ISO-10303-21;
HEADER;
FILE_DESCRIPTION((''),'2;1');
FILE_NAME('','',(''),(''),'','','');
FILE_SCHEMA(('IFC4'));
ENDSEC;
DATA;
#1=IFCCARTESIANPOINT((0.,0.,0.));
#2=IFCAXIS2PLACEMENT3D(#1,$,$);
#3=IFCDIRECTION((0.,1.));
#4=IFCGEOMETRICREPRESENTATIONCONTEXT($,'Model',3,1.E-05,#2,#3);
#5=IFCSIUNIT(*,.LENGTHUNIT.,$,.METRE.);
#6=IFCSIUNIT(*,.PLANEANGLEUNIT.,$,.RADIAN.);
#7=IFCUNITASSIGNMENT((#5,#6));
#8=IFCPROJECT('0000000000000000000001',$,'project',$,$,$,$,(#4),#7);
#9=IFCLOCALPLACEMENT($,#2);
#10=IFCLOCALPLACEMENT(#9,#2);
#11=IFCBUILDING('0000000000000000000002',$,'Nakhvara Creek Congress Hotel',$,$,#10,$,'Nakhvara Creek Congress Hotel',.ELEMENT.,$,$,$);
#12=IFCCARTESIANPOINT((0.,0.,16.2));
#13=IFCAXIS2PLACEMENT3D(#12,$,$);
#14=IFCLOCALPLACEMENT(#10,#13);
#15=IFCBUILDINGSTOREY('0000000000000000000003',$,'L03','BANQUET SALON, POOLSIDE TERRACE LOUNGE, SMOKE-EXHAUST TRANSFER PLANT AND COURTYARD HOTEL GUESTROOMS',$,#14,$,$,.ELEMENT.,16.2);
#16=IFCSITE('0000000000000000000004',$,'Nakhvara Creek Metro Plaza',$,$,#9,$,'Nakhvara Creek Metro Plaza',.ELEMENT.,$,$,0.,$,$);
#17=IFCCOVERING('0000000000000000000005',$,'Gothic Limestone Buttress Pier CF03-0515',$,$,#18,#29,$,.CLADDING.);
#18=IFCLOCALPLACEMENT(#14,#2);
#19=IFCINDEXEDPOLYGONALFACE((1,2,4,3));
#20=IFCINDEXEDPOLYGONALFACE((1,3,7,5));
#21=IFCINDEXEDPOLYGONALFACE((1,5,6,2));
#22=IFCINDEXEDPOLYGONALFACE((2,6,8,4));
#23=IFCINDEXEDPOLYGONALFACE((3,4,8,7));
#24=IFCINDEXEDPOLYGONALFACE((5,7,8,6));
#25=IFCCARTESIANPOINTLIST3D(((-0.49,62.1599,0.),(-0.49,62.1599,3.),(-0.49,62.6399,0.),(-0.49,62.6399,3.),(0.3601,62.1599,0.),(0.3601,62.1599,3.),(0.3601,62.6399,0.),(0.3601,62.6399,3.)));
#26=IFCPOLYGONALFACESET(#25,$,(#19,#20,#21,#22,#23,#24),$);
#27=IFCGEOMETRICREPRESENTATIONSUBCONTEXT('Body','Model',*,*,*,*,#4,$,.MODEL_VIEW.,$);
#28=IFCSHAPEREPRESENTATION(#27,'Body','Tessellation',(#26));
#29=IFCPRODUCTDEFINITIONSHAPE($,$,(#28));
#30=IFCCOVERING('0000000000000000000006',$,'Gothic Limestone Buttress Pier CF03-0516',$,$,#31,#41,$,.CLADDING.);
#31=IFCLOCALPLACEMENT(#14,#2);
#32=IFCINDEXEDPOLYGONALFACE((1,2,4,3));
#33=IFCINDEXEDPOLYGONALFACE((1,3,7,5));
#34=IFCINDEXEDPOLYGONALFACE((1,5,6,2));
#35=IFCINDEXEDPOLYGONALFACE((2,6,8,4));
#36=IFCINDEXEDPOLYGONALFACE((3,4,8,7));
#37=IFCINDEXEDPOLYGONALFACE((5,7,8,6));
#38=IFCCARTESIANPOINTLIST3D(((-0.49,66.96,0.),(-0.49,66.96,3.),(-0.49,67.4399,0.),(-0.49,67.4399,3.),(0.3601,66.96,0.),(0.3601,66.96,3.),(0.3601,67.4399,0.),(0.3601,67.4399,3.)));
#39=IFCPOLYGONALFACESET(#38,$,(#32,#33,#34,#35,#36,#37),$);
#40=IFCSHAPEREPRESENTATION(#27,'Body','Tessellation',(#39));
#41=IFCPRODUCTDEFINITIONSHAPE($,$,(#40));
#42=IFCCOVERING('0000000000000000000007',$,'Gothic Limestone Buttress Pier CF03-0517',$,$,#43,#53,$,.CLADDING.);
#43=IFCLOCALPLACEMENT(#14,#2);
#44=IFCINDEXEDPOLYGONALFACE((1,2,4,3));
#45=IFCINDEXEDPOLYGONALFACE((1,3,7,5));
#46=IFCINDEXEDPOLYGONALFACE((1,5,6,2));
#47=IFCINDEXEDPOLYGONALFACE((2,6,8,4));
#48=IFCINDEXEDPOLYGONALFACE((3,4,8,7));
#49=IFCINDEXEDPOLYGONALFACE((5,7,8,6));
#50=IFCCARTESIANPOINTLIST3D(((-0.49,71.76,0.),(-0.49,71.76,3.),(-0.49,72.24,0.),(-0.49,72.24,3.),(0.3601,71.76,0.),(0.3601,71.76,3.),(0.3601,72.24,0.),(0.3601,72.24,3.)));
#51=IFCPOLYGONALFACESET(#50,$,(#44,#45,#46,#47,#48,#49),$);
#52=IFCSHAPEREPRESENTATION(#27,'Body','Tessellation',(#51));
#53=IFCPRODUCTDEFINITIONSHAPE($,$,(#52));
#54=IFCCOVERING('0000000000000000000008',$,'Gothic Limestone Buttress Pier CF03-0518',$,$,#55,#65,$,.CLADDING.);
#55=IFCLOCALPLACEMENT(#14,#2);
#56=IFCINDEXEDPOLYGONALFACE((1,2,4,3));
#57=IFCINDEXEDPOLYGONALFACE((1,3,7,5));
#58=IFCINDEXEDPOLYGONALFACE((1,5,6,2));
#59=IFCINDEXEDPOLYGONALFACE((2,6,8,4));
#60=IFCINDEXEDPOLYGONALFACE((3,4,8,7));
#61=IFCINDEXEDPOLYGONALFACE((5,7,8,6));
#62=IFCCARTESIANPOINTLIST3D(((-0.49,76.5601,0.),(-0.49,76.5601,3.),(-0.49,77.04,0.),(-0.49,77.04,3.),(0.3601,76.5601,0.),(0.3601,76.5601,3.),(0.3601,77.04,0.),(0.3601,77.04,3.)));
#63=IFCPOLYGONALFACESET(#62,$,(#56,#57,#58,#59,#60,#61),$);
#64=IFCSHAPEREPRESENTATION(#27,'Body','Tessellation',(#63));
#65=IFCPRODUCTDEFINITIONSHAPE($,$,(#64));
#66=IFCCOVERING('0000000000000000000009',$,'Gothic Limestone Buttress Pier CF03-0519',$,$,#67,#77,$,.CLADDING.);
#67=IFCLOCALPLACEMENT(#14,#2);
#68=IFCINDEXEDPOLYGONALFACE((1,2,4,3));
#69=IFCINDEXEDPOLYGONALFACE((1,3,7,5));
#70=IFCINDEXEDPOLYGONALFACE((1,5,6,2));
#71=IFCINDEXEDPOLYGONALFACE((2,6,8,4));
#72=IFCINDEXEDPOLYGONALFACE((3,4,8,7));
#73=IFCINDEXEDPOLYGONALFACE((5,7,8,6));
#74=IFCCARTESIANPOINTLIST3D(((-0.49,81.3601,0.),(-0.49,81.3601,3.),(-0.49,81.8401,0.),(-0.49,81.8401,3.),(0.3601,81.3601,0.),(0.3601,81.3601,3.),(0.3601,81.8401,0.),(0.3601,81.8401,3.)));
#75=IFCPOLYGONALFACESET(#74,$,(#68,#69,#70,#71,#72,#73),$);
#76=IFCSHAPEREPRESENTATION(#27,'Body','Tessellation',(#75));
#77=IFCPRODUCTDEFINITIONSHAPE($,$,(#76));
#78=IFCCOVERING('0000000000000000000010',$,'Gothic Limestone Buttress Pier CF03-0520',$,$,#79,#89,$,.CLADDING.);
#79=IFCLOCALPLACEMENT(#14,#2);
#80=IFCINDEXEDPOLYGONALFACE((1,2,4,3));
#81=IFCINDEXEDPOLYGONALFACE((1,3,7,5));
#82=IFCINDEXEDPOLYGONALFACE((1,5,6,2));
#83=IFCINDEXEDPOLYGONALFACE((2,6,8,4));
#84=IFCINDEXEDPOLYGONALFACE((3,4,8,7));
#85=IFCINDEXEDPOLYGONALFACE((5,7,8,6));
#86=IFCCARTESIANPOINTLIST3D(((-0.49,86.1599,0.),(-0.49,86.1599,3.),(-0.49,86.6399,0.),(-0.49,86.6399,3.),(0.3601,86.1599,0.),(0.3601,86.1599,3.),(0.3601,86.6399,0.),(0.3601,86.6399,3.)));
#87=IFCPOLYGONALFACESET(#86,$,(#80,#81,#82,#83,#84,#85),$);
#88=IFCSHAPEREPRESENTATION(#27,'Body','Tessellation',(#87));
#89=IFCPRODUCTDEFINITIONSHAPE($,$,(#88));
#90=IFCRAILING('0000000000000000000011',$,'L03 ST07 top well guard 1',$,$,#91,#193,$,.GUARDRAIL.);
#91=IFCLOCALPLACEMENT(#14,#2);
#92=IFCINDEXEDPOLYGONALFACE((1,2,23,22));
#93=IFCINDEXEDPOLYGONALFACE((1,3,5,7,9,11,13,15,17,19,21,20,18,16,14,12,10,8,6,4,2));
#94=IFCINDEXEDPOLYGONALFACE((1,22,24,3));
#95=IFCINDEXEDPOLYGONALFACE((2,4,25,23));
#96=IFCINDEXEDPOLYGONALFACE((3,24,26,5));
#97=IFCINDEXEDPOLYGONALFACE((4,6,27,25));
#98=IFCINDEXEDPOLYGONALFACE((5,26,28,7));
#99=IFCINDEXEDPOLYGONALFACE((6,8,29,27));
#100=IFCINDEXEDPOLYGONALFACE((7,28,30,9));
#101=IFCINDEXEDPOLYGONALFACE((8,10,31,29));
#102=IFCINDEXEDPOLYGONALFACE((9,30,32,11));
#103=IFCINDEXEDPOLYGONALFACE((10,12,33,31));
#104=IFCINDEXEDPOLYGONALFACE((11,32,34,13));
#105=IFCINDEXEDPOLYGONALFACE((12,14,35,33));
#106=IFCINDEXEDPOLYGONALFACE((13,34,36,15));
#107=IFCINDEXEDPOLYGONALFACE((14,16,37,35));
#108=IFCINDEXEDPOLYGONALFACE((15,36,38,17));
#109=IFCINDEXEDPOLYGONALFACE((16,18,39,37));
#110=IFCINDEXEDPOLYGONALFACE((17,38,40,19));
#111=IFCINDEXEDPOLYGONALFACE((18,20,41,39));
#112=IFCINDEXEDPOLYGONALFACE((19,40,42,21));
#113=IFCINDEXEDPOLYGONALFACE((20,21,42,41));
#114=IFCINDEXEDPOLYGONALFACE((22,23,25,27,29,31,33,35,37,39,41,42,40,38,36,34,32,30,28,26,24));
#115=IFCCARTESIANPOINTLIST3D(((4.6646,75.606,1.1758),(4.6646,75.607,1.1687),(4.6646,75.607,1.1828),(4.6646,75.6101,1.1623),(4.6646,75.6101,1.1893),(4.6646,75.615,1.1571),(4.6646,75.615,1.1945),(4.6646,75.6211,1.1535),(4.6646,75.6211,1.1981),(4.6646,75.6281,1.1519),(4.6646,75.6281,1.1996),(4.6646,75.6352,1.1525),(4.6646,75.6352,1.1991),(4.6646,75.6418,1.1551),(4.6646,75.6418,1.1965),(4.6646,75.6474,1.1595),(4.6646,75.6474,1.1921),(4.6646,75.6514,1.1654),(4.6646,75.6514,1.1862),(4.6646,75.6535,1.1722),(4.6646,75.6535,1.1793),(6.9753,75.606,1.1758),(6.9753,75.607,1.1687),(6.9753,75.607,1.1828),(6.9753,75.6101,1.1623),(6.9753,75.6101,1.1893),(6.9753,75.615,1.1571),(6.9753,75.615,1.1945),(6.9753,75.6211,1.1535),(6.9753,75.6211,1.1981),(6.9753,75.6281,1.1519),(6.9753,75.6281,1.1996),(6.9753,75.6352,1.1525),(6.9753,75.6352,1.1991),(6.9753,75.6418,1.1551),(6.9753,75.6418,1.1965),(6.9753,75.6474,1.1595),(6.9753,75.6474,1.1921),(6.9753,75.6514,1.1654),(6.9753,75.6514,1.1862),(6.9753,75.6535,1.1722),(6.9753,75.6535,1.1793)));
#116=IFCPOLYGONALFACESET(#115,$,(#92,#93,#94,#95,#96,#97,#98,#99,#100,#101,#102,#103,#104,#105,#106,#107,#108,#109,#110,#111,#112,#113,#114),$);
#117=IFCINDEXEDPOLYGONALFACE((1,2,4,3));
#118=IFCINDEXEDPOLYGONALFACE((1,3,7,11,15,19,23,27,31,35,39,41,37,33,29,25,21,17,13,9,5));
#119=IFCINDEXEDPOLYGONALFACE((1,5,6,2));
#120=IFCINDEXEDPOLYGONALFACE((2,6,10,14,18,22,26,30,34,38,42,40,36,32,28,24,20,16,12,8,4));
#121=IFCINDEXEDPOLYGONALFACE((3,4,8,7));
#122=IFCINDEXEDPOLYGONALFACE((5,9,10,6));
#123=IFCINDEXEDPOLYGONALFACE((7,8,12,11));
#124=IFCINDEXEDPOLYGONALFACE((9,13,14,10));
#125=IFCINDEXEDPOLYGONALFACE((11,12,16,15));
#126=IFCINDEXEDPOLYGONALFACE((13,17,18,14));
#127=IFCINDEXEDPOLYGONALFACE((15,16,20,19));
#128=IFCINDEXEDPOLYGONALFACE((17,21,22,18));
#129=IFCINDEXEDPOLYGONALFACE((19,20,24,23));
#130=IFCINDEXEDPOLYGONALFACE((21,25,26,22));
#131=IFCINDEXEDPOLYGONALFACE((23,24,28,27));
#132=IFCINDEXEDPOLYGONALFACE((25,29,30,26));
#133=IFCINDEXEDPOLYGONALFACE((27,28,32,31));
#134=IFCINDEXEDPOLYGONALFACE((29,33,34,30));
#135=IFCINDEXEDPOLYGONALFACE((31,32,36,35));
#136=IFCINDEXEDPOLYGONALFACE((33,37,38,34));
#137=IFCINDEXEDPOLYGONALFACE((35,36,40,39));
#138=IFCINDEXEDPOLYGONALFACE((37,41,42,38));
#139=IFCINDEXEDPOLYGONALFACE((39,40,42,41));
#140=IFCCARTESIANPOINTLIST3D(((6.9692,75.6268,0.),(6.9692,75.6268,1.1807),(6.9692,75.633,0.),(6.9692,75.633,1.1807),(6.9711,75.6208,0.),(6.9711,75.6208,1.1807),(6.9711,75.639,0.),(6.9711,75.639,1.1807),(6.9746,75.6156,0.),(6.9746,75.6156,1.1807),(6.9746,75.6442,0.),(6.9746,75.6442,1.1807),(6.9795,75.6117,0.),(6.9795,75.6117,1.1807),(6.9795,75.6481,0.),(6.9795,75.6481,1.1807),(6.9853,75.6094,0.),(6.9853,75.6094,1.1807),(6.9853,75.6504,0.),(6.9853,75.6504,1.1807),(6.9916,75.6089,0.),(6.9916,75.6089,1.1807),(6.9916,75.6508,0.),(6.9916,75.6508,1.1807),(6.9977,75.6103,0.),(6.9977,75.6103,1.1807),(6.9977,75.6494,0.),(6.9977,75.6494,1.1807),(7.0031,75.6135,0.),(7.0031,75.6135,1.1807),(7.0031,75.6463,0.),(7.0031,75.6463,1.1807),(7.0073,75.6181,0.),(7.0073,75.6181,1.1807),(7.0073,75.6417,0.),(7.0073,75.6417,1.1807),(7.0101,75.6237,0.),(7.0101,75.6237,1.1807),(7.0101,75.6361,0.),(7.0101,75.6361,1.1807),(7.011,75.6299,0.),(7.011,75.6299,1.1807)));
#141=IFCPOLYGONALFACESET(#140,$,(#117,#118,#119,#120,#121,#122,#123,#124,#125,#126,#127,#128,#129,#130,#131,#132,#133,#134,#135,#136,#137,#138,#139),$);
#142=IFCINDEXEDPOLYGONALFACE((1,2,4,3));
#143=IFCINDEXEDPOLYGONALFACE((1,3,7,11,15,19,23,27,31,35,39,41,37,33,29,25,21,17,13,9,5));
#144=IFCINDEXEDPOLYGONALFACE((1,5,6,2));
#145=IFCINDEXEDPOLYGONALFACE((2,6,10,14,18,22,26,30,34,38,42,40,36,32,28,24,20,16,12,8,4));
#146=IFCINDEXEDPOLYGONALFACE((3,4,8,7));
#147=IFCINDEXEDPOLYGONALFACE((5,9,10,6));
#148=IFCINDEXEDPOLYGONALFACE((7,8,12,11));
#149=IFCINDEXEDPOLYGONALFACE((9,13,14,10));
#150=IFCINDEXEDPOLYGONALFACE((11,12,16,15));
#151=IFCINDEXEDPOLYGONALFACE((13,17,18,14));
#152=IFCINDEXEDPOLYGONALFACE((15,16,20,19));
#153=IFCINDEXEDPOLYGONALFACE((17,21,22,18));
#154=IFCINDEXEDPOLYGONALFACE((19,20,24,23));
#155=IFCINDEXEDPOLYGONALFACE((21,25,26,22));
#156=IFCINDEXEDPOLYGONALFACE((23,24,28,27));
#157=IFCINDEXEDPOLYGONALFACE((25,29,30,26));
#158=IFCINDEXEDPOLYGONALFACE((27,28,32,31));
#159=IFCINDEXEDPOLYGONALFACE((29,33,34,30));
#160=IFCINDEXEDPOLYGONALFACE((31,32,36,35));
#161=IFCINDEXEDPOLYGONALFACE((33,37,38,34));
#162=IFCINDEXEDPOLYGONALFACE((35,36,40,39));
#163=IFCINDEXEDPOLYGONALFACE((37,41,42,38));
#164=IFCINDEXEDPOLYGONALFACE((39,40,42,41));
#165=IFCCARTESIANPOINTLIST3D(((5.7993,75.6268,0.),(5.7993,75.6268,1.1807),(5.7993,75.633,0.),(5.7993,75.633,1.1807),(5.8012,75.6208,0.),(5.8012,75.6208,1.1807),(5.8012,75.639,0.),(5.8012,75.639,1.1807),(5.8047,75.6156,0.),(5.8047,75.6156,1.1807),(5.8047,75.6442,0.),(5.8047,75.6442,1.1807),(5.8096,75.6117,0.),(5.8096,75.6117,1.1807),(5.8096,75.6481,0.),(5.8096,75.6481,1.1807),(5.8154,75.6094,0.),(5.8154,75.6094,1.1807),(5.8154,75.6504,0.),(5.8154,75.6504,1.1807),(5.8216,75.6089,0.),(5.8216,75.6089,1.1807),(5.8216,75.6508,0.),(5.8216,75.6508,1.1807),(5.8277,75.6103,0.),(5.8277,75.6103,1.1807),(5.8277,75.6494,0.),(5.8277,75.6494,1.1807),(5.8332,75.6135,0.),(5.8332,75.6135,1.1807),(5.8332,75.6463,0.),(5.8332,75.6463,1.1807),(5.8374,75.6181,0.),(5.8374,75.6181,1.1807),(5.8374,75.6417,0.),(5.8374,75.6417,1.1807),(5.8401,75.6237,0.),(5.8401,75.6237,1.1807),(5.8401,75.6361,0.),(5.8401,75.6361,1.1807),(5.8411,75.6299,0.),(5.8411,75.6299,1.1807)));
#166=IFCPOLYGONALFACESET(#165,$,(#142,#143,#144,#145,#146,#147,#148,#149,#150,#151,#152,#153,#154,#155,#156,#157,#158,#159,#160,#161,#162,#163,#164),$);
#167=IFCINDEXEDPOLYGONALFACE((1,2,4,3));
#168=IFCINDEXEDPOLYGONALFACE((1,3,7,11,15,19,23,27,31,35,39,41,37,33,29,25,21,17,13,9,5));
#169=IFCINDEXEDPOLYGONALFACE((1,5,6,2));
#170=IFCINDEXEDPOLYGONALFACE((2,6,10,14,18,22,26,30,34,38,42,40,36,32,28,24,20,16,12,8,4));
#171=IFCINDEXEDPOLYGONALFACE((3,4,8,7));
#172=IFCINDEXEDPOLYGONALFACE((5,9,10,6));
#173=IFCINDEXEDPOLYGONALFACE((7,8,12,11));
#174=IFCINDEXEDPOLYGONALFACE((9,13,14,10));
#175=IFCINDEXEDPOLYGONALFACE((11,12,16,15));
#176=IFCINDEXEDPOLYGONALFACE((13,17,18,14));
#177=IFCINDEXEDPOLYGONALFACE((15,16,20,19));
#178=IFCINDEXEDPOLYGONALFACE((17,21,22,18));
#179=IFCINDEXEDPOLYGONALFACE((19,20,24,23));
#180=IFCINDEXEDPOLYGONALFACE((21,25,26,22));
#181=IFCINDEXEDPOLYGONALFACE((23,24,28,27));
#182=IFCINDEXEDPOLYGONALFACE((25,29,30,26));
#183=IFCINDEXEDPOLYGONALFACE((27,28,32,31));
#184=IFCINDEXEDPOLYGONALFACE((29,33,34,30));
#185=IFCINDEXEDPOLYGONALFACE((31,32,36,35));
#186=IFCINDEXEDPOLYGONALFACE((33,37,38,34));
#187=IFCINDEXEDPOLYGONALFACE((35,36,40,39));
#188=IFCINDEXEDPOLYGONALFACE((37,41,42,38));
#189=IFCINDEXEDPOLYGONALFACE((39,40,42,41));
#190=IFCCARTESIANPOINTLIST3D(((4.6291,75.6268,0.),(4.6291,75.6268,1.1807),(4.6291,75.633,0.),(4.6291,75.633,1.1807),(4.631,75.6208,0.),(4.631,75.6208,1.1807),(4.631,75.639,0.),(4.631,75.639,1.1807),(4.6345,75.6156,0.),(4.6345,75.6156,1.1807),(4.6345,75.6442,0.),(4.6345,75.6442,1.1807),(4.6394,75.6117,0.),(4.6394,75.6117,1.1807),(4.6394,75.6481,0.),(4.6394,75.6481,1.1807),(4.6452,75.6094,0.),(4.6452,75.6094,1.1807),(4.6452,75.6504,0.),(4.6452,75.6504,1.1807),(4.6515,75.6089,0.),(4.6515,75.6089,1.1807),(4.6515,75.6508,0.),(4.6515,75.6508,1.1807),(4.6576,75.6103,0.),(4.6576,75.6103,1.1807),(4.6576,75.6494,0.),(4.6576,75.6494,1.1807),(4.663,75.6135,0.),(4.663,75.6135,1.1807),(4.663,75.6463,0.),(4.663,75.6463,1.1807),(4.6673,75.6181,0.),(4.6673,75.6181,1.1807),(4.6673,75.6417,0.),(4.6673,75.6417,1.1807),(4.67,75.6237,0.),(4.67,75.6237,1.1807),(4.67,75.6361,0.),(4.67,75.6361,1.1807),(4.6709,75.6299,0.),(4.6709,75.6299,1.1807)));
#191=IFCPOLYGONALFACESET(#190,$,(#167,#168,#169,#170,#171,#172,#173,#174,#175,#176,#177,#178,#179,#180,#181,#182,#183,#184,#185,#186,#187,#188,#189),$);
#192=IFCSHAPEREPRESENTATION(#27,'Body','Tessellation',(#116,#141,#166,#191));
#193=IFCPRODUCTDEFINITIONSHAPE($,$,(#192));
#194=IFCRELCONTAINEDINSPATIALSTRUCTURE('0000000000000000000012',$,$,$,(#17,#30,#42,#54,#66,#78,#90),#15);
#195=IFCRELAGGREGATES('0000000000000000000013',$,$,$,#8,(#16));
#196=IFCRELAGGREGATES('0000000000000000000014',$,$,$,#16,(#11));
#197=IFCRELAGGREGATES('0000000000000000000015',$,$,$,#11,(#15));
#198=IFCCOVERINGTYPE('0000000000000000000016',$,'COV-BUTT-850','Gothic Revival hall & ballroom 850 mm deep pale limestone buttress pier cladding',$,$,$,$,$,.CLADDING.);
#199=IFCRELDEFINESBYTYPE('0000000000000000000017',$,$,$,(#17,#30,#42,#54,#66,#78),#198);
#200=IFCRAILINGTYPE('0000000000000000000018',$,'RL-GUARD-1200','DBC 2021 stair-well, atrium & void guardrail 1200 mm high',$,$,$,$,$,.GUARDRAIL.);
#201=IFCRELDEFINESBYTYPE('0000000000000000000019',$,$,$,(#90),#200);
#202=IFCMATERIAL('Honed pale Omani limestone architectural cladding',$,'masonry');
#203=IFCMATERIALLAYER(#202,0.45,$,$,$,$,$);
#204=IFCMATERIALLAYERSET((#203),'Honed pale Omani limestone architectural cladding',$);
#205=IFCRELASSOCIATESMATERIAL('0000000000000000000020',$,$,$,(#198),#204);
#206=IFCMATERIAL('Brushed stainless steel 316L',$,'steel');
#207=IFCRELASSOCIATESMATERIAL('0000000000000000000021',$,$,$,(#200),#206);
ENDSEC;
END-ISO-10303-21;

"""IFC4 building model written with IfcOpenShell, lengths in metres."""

from ifc_helpers import new_model, si_unit, direction, frame, origin, origin_2d, place, context, subcontext, project, spatial, rectangle, circle, extrude, material, layer, layer_set, type_object, element, save


model = new_model("IFC4")

# Units and contexts
model_context = context("Model", 3, precision=1e-05, world=origin(), true_north=direction((0.0, 1.0)))
body_context = subcontext(model_context, "Body", "Model", "MODEL_VIEW")
ifc_project = project(units=[si_unit("LENGTHUNIT", "METRE"), si_unit("PLANEANGLEUNIT", "RADIAN")], contexts=[model_context])

# Site, building, storey
site_placement = place(None, origin())
site = spatial("IfcSite", under=ifc_project, at=site_placement, Name="Nakhvara Creek Metro Plaza", LongName="Nakhvara Creek Metro Plaza", CompositionType="ELEMENT", RefElevation=0.0)
building_placement = place(site_placement, origin())
building = spatial("IfcBuilding", under=site, at=building_placement, Name="Nakhvara Creek Congress Hotel", LongName="Nakhvara Creek Congress Hotel", CompositionType="ELEMENT")
storey_placement = place(building_placement, frame((0.0, 0.0, 16.2)))
storey = spatial("IfcBuildingStorey", under=building, at=storey_placement, Name="L03", Description="BANQUET SALON, POOLSIDE TERRACE LOUNGE, SMOKE-EXHAUST TRANSFER PLANT AND COURTYARD HOTEL GUESTROOMS", CompositionType="ELEMENT", Elevation=16.2)

# Coverings
ifc_material_1 = material(Name="Honed pale Omani limestone architectural cladding", Category="masonry")
ifc_layer_1 = layer(ifc_material_1, 0.45)
ifc_layer_set_1 = layer_set([ifc_layer_1], Name="Honed pale Omani limestone architectural cladding")
covering_type = type_object("IfcCoveringType", Name="COV-BUTT-850", Description="Gothic Revival hall & ballroom 850 mm deep pale limestone buttress pier cladding", PredefinedType="CLADDING", material=ifc_layer_set_1)
for number, where, z_axis, x_axis, name in (
    (1, (-0.0649, 62.3999, 0.0), (0.0, 0.0, 1.0), (0.0, 1.0, 0.0), "Gothic Limestone Buttress Pier CF03-0515"),
    (2, (-0.0649, 67.2, 0.0), (0.0, 0.0, 1.0), (0.0, 1.0, 0.0), "Gothic Limestone Buttress Pier CF03-0516"),
    (3, (-0.0649, 72.0, 0.0), (0.0, 0.0, 1.0), (0.0, 1.0, 0.0), "Gothic Limestone Buttress Pier CF03-0517"),
    (4, (-0.0649, 76.8, 0.0), (0.0, 0.0, 1.0), (0.0, 1.0, 0.0), "Gothic Limestone Buttress Pier CF03-0518"),
    (5, (-0.0649, 81.6001, 0.0), (0.0, 0.0, 1.0), (0.0, 1.0, 0.0), "Gothic Limestone Buttress Pier CF03-0519"),
    (6, (-0.0649, 86.3999, 0.0), (0.0, 0.0, 1.0), (0.0, 1.0, 0.0), "Gothic Limestone Buttress Pier CF03-0520"),
):
    element("IfcCovering", number, at=place(storey_placement, frame(where, z_axis=z_axis, x_axis=x_axis)), inside=storey, type_object=covering_type, Name=name, PredefinedType="CLADDING", context=body_context, shape_type="SweptSolid", body=[
        extrude(rectangle(XDim=0.48, YDim=0.8501, at=origin_2d()), origin(), (0.0, 0.0, 1.0), 3.0),
    ])

# Railing
ifc_material_2 = material(Name="Brushed stainless steel 316L", Category="steel")
railing_type = type_object("IfcRailingType", Name="RL-GUARD-1200", Description="DBC 2021 stair-well, atrium & void guardrail 1200 mm high", PredefinedType="GUARDRAIL", material=ifc_material_2)
railing_placement = place(storey_placement, frame((6.99, 75.6299, 0.0)))
element("IfcRailing", 7, at=railing_placement, inside=storey, type_object=railing_type, Name="L03 ST07 top well guard 1", PredefinedType="GUARDRAIL", context=body_context, shape_type="SweptSolid", body=[
    extrude(circle(Radius=0.0239, at=origin_2d()), frame((-0.0146, 0.0, 1.1758), z_axis=(-1.0, 0.0, 0.0), x_axis=(0.0, -1.0, 0.0)), (0.0, 0.0, 1.0), 2.3108),
    extrude(circle(Radius=0.021, at=origin_2d()), origin(), (0.0, 0.0, 1.0), 1.1807),
    extrude(circle(Radius=0.021, at=origin_2d()), frame((-1.1699, 0.0, 0.0)), (0.0, 0.0, 1.0), 1.1807),
    extrude(circle(Radius=0.021, at=origin_2d()), frame((-2.3401, 0.0, 0.0)), (0.0, 0.0, 1.0), 1.1807),
])

save(model, "model.ifc")
